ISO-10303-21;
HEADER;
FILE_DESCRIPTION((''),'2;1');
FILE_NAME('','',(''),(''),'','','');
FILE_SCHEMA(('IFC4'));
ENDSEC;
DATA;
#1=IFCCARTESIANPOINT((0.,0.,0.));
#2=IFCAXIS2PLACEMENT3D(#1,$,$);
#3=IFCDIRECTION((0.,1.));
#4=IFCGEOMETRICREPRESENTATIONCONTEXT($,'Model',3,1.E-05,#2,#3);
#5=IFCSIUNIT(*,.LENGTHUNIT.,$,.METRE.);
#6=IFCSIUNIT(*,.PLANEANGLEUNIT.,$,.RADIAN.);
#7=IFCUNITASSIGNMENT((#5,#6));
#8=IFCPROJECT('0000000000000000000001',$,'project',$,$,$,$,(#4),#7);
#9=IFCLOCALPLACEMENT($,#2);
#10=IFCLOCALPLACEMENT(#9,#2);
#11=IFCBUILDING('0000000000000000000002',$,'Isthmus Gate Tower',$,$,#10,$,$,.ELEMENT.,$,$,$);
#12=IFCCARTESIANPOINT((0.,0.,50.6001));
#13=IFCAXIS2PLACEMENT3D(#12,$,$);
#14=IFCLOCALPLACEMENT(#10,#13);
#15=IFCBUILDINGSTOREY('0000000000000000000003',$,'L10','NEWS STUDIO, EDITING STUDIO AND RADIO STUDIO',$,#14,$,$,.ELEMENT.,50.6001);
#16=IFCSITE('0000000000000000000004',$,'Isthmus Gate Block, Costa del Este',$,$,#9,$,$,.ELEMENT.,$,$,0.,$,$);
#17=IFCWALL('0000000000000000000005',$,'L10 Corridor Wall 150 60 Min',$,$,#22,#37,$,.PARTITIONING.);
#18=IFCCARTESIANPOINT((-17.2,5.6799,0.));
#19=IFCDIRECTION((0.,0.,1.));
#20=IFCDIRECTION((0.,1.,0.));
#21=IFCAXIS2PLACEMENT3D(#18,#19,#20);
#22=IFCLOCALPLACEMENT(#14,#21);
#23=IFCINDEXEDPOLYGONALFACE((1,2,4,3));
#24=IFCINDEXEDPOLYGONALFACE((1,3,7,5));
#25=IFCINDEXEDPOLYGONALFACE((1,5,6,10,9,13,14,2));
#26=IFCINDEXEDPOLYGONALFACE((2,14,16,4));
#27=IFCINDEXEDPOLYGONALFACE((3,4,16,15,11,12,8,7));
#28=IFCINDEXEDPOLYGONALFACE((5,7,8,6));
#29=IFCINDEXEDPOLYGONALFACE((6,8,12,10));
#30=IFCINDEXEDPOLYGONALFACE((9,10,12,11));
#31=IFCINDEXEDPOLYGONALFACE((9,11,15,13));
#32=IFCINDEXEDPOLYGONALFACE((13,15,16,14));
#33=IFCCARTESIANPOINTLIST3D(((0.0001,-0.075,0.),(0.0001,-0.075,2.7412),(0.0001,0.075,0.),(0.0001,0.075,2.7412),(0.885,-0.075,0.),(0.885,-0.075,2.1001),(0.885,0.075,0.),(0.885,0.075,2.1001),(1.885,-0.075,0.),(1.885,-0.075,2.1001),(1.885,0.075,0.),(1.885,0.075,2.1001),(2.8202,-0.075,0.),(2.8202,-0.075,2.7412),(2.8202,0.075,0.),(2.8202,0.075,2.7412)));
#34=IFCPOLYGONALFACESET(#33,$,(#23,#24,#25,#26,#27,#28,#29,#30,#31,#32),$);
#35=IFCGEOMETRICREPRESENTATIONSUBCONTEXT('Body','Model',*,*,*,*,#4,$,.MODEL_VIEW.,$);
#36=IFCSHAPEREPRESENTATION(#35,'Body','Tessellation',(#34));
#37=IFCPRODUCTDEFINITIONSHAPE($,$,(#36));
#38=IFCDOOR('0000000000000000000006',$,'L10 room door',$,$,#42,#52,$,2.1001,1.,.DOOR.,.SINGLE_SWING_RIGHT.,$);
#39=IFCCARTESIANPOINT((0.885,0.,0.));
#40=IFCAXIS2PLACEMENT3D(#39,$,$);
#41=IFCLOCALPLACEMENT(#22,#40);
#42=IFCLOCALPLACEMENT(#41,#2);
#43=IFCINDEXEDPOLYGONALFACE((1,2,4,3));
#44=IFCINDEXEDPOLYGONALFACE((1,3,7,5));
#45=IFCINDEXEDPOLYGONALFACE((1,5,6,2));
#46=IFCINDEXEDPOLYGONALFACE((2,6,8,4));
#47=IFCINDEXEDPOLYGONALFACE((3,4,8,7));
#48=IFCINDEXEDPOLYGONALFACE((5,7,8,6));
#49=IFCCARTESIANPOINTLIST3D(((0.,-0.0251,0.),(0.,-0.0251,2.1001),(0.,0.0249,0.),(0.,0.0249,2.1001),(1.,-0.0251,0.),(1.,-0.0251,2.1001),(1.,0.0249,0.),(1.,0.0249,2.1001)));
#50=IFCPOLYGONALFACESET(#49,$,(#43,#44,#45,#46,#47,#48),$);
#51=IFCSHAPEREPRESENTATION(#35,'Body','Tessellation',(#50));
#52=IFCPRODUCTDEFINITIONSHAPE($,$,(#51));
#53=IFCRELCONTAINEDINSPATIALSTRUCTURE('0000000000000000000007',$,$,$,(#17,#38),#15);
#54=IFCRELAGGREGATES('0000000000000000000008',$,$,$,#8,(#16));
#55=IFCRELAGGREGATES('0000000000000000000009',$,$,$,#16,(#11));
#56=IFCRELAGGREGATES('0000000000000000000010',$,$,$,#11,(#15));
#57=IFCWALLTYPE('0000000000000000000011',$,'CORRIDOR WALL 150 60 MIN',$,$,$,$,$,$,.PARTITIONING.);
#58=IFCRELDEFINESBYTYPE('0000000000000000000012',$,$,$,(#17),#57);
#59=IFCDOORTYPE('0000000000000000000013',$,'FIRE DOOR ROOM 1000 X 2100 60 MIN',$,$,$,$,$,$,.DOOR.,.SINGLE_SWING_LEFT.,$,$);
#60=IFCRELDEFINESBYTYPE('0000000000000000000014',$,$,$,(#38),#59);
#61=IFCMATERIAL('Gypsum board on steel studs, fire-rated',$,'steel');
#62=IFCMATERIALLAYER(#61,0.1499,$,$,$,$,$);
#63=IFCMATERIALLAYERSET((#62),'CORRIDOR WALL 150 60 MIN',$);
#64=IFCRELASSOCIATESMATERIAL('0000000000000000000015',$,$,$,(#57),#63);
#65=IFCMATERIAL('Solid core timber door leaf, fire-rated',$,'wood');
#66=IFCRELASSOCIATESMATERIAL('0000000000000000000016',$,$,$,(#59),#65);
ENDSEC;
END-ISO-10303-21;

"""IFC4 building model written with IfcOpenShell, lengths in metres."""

from ifc_helpers import new_model, si_unit, direction, frame, frame_2d, origin, place, context, subcontext, project, spatial, rectangle, extrude, material, layer, layer_set, type_object, element, fill, save


model = new_model("IFC4")

# Units and contexts
model_context = context("Model", 3, precision=1e-05, world=origin(), true_north=direction((0.0, 1.0)))
body_context = subcontext(model_context, "Body", "Model", "MODEL_VIEW")
ifc_project = project(units=[si_unit("LENGTHUNIT", "METRE"), si_unit("PLANEANGLEUNIT", "RADIAN")], contexts=[model_context])

# Site, building, storey
site_placement = place(None, origin())
site = spatial("IfcSite", under=ifc_project, at=site_placement, Name="Isthmus Gate Block, Costa del Este", CompositionType="ELEMENT", RefElevation=0.0)
building_placement = place(site_placement, origin())
building = spatial("IfcBuilding", under=site, at=building_placement, Name="Isthmus Gate Tower", CompositionType="ELEMENT")
storey_placement = place(building_placement, frame((0.0, 0.0, 50.6001)))
storey = spatial("IfcBuildingStorey", under=building, at=storey_placement, Name="L10", Description="NEWS STUDIO, EDITING STUDIO AND RADIO STUDIO", CompositionType="ELEMENT", Elevation=50.6001)

# Wall, opening, door
ifc_material_1 = material(Name="Gypsum board on steel studs, fire-rated", Category="steel")
ifc_layer_1 = layer(ifc_material_1, 0.1499)
ifc_layer_set_1 = layer_set([ifc_layer_1], Name="CORRIDOR WALL 150 60 MIN")
wall_type_1 = type_object("IfcWallType", Name="CORRIDOR WALL 150 60 MIN", PredefinedType="PARTITIONING", material=ifc_layer_set_1)
wall_1_placement = place(storey_placement, frame((-17.2, 5.6799, 0.0), z_axis=(0.0, 0.0, 1.0), x_axis=(0.0, 1.0, 0.0)))
wall_1 = element("IfcWall", 1, at=wall_1_placement, inside=storey, type_object=wall_type_1, Name="L10 Corridor Wall 150 60 Min", PredefinedType="PARTITIONING", context=body_context, shape_type="SweptSolid", body=[
    extrude(rectangle(XDim=2.8201, YDim=0.1499, at=frame_2d((1.4102, 0.0))), origin(), (0.0, 0.0, 1.0), 2.7412),
])
opening_placement = place(wall_1_placement, frame((0.885, 0.0, 0.0)))
opening = element("IfcOpeningElement", 2, at=opening_placement, cuts=wall_1, PredefinedType="OPENING", context=body_context, shape_type="SweptSolid", body=[
    extrude(rectangle(XDim=1.0, YDim=2.1001, at=frame_2d((0.5, 1.05))), frame((0.0, 0.085, 0.0), z_axis=(0.0, -1.0, 0.0), x_axis=(1.0, 0.0, 0.0)), (0.0, 0.0, 1.0), 0.1699),
])
ifc_material_2 = material(Name="Solid core timber door leaf, fire-rated", Category="wood")
door_type = type_object("IfcDoorType", Name="FIRE DOOR ROOM 1000 X 2100 60 MIN", OperationType="SINGLE_SWING_LEFT", PredefinedType="DOOR", material=ifc_material_2)
door_placement = place(opening_placement, origin())
door = element("IfcDoor", 3, at=door_placement, inside=storey, type_object=door_type, Name="L10 room door", OperationType="SINGLE_SWING_RIGHT", OverallHeight=2.1001, OverallWidth=1.0, PredefinedType="DOOR", context=body_context, shape_type="SweptSolid", body=[
    extrude(rectangle(XDim=1.0, YDim=2.1001, at=frame_2d((0.5, 1.05))), frame((0.0, 0.0249, 0.0), z_axis=(0.0, -1.0, 0.0), x_axis=(1.0, 0.0, 0.0)), (0.0, 0.0, 1.0), 0.05),
])
fill(opening, door)

save(model, "model.ifc")
